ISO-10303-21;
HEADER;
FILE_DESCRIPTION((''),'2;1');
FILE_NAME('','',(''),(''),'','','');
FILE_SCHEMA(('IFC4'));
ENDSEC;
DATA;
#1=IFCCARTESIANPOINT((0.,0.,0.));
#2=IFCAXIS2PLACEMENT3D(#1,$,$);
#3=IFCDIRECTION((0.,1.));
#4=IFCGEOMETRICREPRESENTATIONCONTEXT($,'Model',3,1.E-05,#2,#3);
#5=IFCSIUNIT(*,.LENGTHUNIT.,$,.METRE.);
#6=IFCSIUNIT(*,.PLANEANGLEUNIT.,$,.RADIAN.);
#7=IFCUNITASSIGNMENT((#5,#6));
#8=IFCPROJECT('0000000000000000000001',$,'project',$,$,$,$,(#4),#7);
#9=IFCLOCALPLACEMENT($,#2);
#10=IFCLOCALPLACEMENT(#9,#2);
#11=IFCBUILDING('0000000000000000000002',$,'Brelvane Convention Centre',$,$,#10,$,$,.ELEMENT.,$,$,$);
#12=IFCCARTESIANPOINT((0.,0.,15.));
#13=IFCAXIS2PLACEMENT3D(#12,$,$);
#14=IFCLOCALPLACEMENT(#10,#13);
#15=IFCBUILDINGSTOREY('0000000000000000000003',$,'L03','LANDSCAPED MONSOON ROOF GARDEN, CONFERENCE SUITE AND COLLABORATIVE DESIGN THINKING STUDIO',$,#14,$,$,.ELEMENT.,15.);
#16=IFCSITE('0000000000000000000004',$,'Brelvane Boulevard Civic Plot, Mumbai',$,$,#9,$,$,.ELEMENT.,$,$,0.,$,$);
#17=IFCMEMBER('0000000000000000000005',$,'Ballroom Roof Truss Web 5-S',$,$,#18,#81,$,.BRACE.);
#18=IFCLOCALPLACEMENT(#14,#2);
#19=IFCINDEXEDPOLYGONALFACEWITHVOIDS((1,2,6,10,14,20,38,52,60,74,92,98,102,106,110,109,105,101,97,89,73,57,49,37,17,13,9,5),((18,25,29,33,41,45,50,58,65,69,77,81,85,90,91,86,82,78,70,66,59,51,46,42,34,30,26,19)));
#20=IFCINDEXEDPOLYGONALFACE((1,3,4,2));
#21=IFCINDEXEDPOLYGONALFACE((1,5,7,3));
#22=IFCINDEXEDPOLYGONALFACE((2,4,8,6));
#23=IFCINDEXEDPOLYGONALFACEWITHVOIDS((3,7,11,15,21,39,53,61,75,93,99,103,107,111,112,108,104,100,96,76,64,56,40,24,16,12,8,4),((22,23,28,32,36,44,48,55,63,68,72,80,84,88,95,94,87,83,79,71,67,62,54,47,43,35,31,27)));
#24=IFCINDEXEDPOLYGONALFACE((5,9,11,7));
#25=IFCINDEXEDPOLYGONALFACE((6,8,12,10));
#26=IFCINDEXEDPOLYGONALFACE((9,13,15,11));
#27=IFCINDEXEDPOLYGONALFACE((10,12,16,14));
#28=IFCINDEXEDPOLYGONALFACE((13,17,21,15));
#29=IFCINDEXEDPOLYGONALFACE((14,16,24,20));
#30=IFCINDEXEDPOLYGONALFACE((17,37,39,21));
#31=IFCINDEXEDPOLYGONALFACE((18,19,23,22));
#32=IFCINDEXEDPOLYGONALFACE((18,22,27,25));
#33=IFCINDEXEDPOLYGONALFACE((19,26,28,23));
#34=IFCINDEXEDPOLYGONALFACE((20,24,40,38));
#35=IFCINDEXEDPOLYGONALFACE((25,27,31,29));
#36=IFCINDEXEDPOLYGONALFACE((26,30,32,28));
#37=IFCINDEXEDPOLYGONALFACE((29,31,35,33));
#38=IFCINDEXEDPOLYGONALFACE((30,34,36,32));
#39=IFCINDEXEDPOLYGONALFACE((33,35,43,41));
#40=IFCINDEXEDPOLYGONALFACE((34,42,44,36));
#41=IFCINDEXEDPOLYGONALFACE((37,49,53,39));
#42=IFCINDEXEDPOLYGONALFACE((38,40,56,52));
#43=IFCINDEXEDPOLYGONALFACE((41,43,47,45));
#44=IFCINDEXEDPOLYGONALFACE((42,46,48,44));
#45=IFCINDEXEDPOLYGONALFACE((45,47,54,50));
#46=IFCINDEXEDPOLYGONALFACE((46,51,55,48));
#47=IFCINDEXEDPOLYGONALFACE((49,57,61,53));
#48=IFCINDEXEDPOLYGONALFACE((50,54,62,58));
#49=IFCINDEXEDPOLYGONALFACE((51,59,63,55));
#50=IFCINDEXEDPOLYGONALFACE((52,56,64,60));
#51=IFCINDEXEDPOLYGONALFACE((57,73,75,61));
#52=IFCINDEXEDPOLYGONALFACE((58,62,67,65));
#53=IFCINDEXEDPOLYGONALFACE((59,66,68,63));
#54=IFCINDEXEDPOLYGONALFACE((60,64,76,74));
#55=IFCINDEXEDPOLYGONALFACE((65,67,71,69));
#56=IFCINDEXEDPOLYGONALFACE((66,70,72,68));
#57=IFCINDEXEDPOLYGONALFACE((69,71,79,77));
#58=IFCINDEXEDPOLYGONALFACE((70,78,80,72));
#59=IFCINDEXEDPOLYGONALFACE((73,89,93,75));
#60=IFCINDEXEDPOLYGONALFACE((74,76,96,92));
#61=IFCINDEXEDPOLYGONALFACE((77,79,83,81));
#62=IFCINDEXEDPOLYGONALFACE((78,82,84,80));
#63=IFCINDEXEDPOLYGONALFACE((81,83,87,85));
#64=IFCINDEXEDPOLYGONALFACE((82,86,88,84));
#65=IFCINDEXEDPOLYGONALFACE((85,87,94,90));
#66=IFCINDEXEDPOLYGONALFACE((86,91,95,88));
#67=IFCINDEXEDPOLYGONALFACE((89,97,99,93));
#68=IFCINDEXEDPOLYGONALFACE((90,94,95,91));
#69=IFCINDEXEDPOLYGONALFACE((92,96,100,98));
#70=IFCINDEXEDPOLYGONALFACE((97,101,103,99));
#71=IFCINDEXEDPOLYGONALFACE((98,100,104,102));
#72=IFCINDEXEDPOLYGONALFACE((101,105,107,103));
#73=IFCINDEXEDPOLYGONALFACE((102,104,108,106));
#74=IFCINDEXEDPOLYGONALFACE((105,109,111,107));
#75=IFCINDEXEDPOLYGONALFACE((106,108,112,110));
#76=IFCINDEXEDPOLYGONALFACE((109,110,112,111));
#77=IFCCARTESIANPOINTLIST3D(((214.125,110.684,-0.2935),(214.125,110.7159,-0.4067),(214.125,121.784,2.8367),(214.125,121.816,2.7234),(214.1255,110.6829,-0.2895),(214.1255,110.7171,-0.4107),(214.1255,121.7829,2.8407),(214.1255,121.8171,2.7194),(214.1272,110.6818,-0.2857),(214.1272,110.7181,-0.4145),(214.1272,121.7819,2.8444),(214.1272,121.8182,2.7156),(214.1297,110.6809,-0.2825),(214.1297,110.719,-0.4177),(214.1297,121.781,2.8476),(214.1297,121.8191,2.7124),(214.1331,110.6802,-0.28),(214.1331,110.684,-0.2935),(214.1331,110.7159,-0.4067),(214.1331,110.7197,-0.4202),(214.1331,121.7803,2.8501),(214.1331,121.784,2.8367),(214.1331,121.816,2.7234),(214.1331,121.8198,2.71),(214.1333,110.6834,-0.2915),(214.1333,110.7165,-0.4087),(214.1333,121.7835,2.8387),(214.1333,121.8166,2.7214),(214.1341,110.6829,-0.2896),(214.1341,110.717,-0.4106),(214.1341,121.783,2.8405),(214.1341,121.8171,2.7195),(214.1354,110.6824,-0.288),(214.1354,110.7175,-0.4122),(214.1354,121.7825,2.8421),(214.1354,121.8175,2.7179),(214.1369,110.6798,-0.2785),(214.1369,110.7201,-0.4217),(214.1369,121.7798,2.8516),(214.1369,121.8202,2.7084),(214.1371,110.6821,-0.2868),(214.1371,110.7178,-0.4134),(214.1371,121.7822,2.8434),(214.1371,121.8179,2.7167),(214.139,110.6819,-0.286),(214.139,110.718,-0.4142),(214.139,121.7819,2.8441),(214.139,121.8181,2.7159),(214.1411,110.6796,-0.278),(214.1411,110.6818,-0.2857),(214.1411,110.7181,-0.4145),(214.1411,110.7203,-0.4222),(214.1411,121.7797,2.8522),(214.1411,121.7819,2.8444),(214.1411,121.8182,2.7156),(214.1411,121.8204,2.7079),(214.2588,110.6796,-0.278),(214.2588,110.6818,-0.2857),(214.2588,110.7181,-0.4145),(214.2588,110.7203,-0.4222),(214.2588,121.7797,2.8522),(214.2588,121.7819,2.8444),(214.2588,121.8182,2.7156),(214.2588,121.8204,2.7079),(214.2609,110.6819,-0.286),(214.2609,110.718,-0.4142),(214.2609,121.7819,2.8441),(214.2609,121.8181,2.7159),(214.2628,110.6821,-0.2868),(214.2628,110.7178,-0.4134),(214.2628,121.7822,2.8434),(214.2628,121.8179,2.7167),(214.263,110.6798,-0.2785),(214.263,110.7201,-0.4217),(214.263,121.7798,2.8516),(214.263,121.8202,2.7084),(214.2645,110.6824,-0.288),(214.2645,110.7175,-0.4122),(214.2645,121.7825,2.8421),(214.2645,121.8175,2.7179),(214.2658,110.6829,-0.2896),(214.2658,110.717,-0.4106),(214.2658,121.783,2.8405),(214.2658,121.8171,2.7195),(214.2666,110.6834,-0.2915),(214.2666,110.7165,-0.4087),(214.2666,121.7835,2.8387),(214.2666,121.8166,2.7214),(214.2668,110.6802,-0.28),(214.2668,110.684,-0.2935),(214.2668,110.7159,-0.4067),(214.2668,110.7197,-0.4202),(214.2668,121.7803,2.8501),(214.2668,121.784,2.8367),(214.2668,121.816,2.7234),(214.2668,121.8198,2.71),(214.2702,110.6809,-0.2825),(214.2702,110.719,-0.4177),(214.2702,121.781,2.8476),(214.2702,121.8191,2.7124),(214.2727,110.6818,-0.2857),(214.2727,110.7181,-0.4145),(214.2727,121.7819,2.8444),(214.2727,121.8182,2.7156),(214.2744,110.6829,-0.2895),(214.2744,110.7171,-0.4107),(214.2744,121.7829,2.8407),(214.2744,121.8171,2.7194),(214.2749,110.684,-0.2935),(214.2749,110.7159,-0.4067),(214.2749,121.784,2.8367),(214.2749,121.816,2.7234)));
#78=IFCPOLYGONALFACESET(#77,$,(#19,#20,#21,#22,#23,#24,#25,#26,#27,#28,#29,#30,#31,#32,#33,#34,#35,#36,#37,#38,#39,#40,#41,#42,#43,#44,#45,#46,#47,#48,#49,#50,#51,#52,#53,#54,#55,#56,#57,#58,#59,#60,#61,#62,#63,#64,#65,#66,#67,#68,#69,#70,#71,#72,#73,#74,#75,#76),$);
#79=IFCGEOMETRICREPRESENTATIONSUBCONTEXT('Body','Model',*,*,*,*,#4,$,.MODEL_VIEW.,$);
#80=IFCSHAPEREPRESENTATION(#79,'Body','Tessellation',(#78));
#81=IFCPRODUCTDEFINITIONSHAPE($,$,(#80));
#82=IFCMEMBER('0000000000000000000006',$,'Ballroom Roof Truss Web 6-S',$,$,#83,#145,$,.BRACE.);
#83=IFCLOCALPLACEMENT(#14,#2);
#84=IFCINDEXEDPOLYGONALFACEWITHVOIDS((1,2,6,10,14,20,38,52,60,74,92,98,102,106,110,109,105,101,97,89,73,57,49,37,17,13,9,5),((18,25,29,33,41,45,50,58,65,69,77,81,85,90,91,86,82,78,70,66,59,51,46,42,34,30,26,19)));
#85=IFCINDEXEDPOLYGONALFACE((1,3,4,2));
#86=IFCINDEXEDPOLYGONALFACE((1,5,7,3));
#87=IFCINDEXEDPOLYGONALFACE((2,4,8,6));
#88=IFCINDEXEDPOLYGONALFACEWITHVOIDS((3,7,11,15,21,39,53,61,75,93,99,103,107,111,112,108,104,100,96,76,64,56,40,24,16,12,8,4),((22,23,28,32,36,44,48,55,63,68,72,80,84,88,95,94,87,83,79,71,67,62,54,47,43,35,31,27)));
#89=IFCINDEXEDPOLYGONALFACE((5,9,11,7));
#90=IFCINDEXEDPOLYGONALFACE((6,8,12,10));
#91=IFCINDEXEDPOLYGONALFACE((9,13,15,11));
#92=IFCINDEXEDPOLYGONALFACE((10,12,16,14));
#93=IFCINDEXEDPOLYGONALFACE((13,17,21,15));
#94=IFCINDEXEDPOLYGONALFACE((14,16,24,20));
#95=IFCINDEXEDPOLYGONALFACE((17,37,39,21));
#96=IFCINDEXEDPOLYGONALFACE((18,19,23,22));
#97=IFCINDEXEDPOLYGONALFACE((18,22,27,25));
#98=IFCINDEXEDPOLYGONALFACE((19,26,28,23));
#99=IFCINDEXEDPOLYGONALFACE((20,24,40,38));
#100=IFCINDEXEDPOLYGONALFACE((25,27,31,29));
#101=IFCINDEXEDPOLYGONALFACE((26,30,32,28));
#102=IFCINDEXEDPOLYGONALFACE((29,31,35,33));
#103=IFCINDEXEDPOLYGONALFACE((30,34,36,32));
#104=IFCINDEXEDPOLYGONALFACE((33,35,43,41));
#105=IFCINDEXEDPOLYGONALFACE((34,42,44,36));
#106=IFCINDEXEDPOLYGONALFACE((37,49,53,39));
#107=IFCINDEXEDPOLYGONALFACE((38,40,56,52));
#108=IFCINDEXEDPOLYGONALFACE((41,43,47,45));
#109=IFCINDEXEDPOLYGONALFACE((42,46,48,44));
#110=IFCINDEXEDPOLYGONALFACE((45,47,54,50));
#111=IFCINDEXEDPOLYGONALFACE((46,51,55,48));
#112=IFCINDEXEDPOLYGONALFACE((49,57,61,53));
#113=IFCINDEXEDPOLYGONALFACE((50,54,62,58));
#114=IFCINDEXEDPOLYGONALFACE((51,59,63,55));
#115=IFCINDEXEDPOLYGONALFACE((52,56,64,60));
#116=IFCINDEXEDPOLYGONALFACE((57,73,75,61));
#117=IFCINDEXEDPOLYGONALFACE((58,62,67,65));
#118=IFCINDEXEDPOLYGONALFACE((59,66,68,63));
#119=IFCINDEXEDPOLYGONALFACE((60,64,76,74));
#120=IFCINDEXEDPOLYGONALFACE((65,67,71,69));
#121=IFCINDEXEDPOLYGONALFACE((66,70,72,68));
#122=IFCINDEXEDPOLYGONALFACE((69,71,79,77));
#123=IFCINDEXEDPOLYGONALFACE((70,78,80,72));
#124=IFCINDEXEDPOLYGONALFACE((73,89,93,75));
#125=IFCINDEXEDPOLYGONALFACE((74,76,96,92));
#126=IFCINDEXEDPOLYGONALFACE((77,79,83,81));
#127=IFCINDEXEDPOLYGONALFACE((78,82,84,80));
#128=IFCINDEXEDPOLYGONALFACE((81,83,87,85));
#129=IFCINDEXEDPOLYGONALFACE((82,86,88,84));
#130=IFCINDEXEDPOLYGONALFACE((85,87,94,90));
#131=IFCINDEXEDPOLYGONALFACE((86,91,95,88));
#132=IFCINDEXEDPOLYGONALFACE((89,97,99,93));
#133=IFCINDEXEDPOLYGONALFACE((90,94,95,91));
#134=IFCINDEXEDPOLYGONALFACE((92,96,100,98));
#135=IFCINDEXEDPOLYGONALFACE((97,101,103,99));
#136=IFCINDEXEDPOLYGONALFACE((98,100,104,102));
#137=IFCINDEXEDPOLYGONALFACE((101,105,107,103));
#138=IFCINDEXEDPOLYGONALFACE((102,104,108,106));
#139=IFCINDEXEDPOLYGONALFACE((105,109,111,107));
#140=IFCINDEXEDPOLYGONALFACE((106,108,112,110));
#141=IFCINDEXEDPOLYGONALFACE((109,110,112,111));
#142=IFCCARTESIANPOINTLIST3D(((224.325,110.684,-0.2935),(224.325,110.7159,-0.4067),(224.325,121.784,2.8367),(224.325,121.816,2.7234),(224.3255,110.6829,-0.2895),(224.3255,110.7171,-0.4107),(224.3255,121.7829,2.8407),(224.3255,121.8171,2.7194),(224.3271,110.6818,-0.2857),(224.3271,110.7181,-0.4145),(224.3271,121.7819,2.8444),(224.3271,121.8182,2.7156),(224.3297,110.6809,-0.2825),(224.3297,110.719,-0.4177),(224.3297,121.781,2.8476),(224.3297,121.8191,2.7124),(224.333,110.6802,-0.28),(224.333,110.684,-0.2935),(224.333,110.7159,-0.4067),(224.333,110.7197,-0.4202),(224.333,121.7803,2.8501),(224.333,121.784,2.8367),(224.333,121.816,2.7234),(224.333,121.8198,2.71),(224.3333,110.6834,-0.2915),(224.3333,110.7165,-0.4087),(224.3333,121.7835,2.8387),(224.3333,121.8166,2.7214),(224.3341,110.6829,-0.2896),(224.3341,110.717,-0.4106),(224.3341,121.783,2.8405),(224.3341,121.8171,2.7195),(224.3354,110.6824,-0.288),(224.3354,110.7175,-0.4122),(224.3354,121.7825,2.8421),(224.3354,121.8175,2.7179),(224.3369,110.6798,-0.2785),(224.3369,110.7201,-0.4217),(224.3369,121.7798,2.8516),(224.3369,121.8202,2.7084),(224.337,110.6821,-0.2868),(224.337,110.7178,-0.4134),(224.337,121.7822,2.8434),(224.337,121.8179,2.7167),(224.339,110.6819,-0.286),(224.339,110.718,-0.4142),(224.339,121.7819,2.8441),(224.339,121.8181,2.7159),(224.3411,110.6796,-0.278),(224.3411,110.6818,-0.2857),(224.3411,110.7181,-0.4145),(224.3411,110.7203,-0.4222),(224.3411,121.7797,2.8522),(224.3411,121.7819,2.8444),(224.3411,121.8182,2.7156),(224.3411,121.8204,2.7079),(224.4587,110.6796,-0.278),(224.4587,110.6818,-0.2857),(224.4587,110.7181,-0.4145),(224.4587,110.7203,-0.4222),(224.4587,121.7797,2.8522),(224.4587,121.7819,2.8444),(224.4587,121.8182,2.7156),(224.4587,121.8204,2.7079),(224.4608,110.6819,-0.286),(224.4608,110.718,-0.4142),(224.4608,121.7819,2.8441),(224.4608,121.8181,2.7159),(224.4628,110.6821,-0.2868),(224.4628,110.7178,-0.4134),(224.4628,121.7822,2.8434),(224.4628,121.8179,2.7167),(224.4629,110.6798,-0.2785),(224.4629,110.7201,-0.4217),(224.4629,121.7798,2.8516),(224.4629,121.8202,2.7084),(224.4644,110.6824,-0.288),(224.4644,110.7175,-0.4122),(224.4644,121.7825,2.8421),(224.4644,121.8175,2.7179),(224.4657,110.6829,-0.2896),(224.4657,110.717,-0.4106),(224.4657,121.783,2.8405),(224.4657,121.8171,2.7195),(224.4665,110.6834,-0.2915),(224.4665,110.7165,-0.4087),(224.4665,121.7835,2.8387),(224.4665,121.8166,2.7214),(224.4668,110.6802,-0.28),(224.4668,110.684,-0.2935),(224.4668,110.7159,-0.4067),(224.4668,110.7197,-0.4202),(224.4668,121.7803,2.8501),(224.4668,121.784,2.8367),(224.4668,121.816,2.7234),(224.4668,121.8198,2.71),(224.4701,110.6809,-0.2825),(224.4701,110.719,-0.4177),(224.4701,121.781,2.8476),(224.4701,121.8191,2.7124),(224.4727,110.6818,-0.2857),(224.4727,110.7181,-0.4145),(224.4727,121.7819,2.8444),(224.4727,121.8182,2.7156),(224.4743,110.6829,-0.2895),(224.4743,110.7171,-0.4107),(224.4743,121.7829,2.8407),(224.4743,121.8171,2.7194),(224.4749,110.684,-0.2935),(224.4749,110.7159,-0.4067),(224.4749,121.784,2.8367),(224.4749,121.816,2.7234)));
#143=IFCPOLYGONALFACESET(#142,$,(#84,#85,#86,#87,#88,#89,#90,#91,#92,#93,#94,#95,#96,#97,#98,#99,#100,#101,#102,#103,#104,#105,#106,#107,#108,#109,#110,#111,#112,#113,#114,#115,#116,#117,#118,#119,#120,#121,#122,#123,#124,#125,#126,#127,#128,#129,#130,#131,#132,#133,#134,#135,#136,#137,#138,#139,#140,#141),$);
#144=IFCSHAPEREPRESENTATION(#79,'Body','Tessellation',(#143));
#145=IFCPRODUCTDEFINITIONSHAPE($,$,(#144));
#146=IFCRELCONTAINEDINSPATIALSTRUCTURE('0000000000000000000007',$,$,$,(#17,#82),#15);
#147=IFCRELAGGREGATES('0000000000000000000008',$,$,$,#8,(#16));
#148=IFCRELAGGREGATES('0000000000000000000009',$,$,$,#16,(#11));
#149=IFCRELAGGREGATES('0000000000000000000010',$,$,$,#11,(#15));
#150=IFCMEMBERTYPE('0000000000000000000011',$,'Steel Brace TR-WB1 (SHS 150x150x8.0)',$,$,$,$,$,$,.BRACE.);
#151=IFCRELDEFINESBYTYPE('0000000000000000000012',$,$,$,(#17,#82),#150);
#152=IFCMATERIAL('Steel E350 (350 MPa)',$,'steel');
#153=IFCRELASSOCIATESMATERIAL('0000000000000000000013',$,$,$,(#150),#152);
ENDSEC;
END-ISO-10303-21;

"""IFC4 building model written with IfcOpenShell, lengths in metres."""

from ifc_helpers import new_model, si_unit, direction, frame, origin, origin_2d, place, context, subcontext, project, spatial, hollow_rectangle, extrude, material, material_profile, profile_set, type_object, element, save


model = new_model("IFC4")

# Units and contexts
model_context = context("Model", 3, precision=1e-05, world=origin(), true_north=direction((0.0, 1.0)))
body_context = subcontext(model_context, "Body", "Model", "MODEL_VIEW")
ifc_project = project(units=[si_unit("LENGTHUNIT", "METRE"), si_unit("PLANEANGLEUNIT", "RADIAN")], contexts=[model_context])

# Site, building, storey
site_placement = place(None, origin())
site = spatial("IfcSite", under=ifc_project, at=site_placement, Name="Brelvane Boulevard Civic Plot, Mumbai", CompositionType="ELEMENT", RefElevation=0.0)
building_placement = place(site_placement, origin())
building = spatial("IfcBuilding", under=site, at=building_placement, Name="Brelvane Convention Centre", CompositionType="ELEMENT")
storey_placement = place(building_placement, frame((0.0, 0.0, 15.0)))
storey = spatial("IfcBuildingStorey", under=building, at=storey_placement, Name="L03", Description="LANDSCAPED MONSOON ROOF GARDEN, CONFERENCE SUITE AND COLLABORATIVE DESIGN THINKING STUDIO", CompositionType="ELEMENT", Elevation=15.0)

# Members
ifc_material_1 = material(Name="Steel E350 (350 MPa)", Category="steel")
ifc_material_profile_1 = material_profile(ifc_material_1, hollow_rectangle(XDim=0.1499, YDim=0.1499, WallThickness=0.0081, InnerFilletRadius=0.0081, OuterFilletRadius=0.0161, at=origin_2d()), Name="SHS 150x150x8.0")
ifc_profile_set_1 = profile_set([ifc_material_profile_1], Name="Steel E350 (350 MPa)")
member_type_1 = type_object("IfcMemberType", Name="Steel Brace TR-WB1 (SHS 150x150x8.0)", PredefinedType="BRACE", material=ifc_profile_set_1)
for number, where, z_axis, x_axis, name in (
    (1, (214.2, 110.7, -0.3501), (0.0, 0.962465, 0.271406), (-1.0, 0.0, 0.0), "Ballroom Roof Truss Web 5-S"),
    (2, (224.3999, 110.7, -0.3501), (0.0, 0.962465, 0.271406), (-1.0, 0.0, 0.0), "Ballroom Roof Truss Web 6-S"),
):
    element("IfcMember", number, at=place(storey_placement, frame(where, z_axis=z_axis, x_axis=x_axis)), inside=storey, type_object=member_type_1, Name=name, PredefinedType="BRACE", context=body_context, shape_type="SweptSolid", body=[
        extrude(hollow_rectangle(XDim=0.1499, YDim=0.1499, WallThickness=0.0081, InnerFilletRadius=0.0081, OuterFilletRadius=0.0161, at=origin_2d()), origin(), (0.0, 0.0, 1.0), 11.533),
    ])

save(model, "model.ifc")
